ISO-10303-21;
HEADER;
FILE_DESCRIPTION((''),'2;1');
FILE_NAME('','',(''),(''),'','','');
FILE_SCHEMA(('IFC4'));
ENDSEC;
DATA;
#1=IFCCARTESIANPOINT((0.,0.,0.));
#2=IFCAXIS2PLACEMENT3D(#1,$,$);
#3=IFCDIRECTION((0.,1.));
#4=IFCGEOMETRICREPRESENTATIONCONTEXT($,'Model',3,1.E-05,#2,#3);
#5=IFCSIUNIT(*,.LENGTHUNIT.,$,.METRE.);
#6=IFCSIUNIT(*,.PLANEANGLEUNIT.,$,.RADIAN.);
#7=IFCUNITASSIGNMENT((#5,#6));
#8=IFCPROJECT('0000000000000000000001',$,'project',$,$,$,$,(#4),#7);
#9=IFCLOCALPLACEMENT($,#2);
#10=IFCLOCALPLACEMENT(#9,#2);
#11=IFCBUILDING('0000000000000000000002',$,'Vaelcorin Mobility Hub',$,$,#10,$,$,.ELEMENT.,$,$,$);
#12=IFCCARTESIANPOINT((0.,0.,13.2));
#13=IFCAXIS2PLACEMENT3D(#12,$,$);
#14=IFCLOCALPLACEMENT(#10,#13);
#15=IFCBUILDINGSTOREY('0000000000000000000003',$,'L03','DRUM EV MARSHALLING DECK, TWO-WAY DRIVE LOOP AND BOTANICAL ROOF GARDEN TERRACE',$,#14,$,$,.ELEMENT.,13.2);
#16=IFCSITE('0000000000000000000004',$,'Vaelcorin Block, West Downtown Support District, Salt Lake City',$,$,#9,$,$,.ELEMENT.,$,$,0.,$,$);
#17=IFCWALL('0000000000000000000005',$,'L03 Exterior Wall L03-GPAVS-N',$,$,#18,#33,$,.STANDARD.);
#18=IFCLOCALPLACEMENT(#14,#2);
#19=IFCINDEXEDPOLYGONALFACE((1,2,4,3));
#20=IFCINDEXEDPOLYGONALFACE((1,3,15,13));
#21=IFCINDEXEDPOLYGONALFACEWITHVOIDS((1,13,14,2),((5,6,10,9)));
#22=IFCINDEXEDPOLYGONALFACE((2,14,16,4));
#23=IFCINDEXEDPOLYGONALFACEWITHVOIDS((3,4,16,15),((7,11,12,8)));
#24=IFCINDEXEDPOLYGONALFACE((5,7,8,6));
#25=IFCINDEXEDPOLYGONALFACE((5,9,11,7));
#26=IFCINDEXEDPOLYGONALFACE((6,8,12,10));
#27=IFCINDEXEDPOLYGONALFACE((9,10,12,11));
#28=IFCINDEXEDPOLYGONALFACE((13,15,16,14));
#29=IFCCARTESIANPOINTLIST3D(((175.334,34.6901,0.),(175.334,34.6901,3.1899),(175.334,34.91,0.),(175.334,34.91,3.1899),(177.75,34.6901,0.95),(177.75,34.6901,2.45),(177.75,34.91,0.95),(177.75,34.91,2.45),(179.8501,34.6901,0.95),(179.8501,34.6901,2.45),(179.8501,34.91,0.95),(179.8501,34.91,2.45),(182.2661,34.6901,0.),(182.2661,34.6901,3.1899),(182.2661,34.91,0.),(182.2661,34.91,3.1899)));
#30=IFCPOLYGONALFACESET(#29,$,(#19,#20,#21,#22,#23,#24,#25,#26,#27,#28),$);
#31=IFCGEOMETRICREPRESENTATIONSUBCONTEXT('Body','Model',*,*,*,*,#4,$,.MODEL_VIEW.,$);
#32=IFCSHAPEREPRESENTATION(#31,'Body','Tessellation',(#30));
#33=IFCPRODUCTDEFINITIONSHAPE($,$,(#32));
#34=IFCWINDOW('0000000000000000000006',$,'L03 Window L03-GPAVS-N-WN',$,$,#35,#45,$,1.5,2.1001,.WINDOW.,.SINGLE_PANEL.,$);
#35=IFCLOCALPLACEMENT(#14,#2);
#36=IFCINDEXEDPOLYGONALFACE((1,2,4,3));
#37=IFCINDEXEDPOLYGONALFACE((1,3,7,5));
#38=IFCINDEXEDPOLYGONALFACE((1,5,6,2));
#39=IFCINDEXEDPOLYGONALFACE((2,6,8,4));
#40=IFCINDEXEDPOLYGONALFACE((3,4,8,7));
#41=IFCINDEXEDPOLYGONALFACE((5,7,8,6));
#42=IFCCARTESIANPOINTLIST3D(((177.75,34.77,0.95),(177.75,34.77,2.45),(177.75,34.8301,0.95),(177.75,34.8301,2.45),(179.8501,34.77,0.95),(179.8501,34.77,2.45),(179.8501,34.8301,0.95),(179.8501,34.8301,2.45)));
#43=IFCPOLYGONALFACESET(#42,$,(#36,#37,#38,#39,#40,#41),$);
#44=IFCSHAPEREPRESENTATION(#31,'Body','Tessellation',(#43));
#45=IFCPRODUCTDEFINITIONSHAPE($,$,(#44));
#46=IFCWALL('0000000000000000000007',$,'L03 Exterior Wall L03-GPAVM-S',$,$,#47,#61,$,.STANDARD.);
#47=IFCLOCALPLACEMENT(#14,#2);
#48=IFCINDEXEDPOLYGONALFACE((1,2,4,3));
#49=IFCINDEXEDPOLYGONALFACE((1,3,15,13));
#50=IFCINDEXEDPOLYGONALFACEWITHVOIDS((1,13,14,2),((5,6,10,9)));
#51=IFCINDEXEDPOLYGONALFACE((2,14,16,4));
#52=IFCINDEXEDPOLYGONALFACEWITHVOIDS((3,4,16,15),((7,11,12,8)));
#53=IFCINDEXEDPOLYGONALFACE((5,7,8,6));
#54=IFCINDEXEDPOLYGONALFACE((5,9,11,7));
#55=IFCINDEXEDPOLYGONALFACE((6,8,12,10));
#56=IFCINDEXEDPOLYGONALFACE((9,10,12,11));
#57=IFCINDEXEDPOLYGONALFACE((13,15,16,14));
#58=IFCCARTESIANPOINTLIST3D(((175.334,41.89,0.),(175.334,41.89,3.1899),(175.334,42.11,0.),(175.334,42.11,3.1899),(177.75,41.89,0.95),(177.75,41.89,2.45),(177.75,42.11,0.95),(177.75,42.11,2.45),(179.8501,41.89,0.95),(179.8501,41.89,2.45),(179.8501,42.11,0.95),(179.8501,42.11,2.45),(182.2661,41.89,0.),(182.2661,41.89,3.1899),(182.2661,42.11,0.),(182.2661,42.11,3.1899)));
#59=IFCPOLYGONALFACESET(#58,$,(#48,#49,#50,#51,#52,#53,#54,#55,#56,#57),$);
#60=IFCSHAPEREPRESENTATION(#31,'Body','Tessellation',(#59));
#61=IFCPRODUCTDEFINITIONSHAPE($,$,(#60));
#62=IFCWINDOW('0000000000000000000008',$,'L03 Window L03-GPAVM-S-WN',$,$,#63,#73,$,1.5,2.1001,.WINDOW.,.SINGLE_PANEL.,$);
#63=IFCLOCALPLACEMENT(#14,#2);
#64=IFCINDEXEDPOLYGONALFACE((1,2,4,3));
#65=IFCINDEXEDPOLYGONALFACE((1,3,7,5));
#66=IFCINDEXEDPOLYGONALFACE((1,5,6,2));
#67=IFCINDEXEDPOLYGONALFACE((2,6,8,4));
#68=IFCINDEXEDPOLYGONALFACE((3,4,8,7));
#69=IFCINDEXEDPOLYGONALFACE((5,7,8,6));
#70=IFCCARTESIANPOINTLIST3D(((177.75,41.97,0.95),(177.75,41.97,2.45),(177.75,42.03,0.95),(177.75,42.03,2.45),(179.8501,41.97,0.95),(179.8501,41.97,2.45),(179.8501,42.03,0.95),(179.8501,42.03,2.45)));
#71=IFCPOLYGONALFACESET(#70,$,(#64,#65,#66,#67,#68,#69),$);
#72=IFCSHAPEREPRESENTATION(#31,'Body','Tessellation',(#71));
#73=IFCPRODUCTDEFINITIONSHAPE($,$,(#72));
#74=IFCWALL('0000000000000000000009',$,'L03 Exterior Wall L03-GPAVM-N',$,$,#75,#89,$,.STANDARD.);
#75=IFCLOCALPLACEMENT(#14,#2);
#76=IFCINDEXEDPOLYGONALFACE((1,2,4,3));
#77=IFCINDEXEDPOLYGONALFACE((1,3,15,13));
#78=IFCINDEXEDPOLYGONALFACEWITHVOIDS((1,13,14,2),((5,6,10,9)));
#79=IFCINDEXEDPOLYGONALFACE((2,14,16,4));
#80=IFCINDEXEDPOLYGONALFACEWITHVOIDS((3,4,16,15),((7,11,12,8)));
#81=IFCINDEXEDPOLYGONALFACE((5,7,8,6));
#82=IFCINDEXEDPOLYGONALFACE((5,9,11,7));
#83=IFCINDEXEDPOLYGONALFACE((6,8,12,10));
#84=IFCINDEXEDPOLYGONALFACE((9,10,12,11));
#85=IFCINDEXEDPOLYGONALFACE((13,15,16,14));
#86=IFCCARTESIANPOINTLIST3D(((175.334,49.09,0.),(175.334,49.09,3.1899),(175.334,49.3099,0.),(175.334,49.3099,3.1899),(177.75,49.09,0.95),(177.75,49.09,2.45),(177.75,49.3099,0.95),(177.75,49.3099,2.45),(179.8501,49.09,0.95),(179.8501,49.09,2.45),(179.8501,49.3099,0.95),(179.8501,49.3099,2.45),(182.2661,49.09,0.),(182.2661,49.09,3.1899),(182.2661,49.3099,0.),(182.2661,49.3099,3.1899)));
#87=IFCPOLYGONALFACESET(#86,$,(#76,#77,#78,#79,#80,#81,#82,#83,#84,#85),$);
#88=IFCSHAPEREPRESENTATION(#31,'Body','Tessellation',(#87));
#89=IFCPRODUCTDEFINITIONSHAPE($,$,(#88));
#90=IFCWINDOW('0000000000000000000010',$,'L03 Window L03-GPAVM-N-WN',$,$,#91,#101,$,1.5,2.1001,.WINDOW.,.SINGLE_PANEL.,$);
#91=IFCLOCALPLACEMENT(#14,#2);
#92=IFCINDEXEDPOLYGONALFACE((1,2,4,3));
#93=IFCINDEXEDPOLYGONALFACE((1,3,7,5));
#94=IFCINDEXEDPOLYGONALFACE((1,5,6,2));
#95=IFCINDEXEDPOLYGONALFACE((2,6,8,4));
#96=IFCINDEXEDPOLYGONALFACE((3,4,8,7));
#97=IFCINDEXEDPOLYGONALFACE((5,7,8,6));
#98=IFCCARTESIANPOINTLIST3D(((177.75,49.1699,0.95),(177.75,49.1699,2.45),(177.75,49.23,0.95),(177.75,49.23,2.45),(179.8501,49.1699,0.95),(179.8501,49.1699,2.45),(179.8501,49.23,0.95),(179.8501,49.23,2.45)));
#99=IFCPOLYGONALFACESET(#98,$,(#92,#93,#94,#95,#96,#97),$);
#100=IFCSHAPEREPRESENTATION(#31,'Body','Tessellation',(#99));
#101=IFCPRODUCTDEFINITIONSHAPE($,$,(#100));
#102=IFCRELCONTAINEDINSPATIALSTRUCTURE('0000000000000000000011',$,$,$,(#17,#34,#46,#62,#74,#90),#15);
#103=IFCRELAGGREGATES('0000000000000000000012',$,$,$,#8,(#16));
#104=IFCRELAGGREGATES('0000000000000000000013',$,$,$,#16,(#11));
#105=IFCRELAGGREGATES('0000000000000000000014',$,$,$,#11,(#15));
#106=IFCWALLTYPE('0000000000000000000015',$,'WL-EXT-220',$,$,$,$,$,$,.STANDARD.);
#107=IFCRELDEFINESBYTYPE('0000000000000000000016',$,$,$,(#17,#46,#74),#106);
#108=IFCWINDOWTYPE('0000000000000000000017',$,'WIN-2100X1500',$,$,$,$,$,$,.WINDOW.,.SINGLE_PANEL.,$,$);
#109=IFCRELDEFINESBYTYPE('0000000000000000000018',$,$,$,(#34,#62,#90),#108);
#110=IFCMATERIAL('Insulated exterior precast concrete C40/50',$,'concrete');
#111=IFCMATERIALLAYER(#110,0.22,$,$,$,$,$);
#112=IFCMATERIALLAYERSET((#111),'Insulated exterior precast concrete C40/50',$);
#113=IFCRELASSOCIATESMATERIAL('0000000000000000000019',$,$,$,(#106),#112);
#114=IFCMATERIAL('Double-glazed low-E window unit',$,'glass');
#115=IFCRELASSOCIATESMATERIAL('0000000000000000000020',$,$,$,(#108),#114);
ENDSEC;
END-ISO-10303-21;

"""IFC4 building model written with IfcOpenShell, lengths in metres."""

from ifc_helpers import new_model, si_unit, direction, frame, frame_2d, origin, place, context, subcontext, project, spatial, rectangle, extrude, material, layer, layer_set, type_object, element, fill, save


model = new_model("IFC4")

# Units and contexts
model_context = context("Model", 3, precision=1e-05, world=origin(), true_north=direction((0.0, 1.0)))
body_context = subcontext(model_context, "Body", "Model", "MODEL_VIEW")
ifc_project = project(units=[si_unit("LENGTHUNIT", "METRE"), si_unit("PLANEANGLEUNIT", "RADIAN")], contexts=[model_context])

# Site, building, storey
site_placement = place(None, origin())
site = spatial("IfcSite", under=ifc_project, at=site_placement, Name="Vaelcorin Block, West Downtown Support District, Salt Lake City", CompositionType="ELEMENT", RefElevation=0.0)
building_placement = place(site_placement, origin())
building = spatial("IfcBuilding", under=site, at=building_placement, Name="Vaelcorin Mobility Hub", CompositionType="ELEMENT")
storey_placement = place(building_placement, frame((0.0, 0.0, 13.2)))
storey = spatial("IfcBuildingStorey", under=building, at=storey_placement, Name="L03", Description="DRUM EV MARSHALLING DECK, TWO-WAY DRIVE LOOP AND BOTANICAL ROOF GARDEN TERRACE", CompositionType="ELEMENT", Elevation=13.2)

# Wall, opening, window
ifc_material_1 = material(Name="Insulated exterior precast concrete C40/50", Category="concrete")
ifc_layer_1 = layer(ifc_material_1, 0.22)
ifc_layer_set_1 = layer_set([ifc_layer_1], Name="Insulated exterior precast concrete C40/50")
wall_type = type_object("IfcWallType", Name="WL-EXT-220", PredefinedType="STANDARD", material=ifc_layer_set_1)
wall_1_placement = place(storey_placement, frame((175.334, 34.8, 0.0), z_axis=(0.0, 0.0, 1.0), x_axis=(1.0, 0.0, 0.0)))
wall_1 = element("IfcWall", 1, at=wall_1_placement, inside=storey, type_object=wall_type, Name="L03 Exterior Wall L03-GPAVS-N", PredefinedType="STANDARD", context=body_context, shape_type="SweptSolid", body=[
    extrude(rectangle(XDim=6.9321, YDim=0.22, at=frame_2d((3.4661, 0.0))), origin(), (0.0, 0.0, 1.0), 3.1899),
])
opening_1_placement = place(wall_1_placement, frame((2.416, 0.0, 0.95)))
opening_1 = element("IfcOpeningElement", 2, at=opening_1_placement, cuts=wall_1, PredefinedType="OPENING", context=body_context, shape_type="SweptSolid", body=[
    extrude(rectangle(XDim=2.1001, YDim=1.5, at=frame_2d((1.05, 0.75))), frame((0.0, 0.1199, 0.0), z_axis=(0.0, -1.0, 0.0), x_axis=(1.0, 0.0, 0.0)), (0.0, 0.0, 1.0), 0.24),
])
ifc_material_2 = material(Name="Double-glazed low-E window unit", Category="glass")
window_type = type_object("IfcWindowType", Name="WIN-2100X1500", PartitioningType="SINGLE_PANEL", PredefinedType="WINDOW", material=ifc_material_2)
window_1_placement = place(opening_1_placement, origin())
window_1 = element("IfcWindow", 3, at=window_1_placement, inside=storey, type_object=window_type, Name="L03 Window L03-GPAVS-N-WN", OverallHeight=1.5, OverallWidth=2.1001, PartitioningType="SINGLE_PANEL", PredefinedType="WINDOW", context=body_context, shape_type="SweptSolid", body=[
    extrude(rectangle(XDim=2.1001, YDim=1.5, at=frame_2d((1.05, 0.75))), frame((0.0, 0.03, 0.0), z_axis=(0.0, -1.0, 0.0), x_axis=(1.0, 0.0, 0.0)), (0.0, 0.0, 1.0), 0.0601),
])
fill(opening_1, window_1)

# Walls, openings, windows
wall_2_placement = place(storey_placement, frame((182.2661, 42.0, 0.0), z_axis=(0.0, 0.0, 1.0), x_axis=(-1.0, 0.0, 0.0)))
wall_2 = element("IfcWall", 4, at=wall_2_placement, inside=storey, type_object=wall_type, Name="L03 Exterior Wall L03-GPAVM-S", PredefinedType="STANDARD", context=body_context, shape_type="SweptSolid", body=[
    extrude(rectangle(XDim=6.9321, YDim=0.22, at=frame_2d((3.4661, 0.0))), origin(), (0.0, 0.0, 1.0), 3.1899),
])
opening_2_placement = place(wall_2_placement, frame((2.416, 0.0, 0.95)))
opening_2 = element("IfcOpeningElement", 5, at=opening_2_placement, cuts=wall_2, PredefinedType="OPENING", context=body_context, shape_type="SweptSolid", body=[
    extrude(rectangle(XDim=2.1001, YDim=1.5, at=frame_2d((1.05, 0.75))), frame((0.0, 0.1199, 0.0), z_axis=(0.0, -1.0, 0.0), x_axis=(1.0, 0.0, 0.0)), (0.0, 0.0, 1.0), 0.24),
])
window_2_placement = place(opening_2_placement, origin())
window_2 = element("IfcWindow", 6, at=window_2_placement, inside=storey, type_object=window_type, Name="L03 Window L03-GPAVM-S-WN", OverallHeight=1.5, OverallWidth=2.1001, PartitioningType="SINGLE_PANEL", PredefinedType="WINDOW", context=body_context, shape_type="SweptSolid", body=[
    extrude(rectangle(XDim=2.1001, YDim=1.5, at=frame_2d((1.05, 0.75))), frame((0.0, 0.03, 0.0), z_axis=(0.0, -1.0, 0.0), x_axis=(1.0, 0.0, 0.0)), (0.0, 0.0, 1.0), 0.0601),
])
fill(opening_2, window_2)
wall_3_placement = place(storey_placement, frame((175.334, 49.2, 0.0), z_axis=(0.0, 0.0, 1.0), x_axis=(1.0, 0.0, 0.0)))
wall_3 = element("IfcWall", 7, at=wall_3_placement, inside=storey, type_object=wall_type, Name="L03 Exterior Wall L03-GPAVM-N", PredefinedType="STANDARD", context=body_context, shape_type="SweptSolid", body=[
    extrude(rectangle(XDim=6.9321, YDim=0.22, at=frame_2d((3.4661, 0.0))), origin(), (0.0, 0.0, 1.0), 3.1899),
])
opening_3_placement = place(wall_3_placement, frame((2.416, 0.0, 0.95)))
opening_3 = element("IfcOpeningElement", 8, at=opening_3_placement, cuts=wall_3, PredefinedType="OPENING", context=body_context, shape_type="SweptSolid", body=[
    extrude(rectangle(XDim=2.1001, YDim=1.5, at=frame_2d((1.05, 0.75))), frame((0.0, 0.1199, 0.0), z_axis=(0.0, -1.0, 0.0), x_axis=(1.0, 0.0, 0.0)), (0.0, 0.0, 1.0), 0.24),
])
window_3_placement = place(opening_3_placement, origin())
window_3 = element("IfcWindow", 9, at=window_3_placement, inside=storey, type_object=window_type, Name="L03 Window L03-GPAVM-N-WN", OverallHeight=1.5, OverallWidth=2.1001, PartitioningType="SINGLE_PANEL", PredefinedType="WINDOW", context=body_context, shape_type="SweptSolid", body=[
    extrude(rectangle(XDim=2.1001, YDim=1.5, at=frame_2d((1.05, 0.75))), frame((0.0, 0.03, 0.0), z_axis=(0.0, -1.0, 0.0), x_axis=(1.0, 0.0, 0.0)), (0.0, 0.0, 1.0), 0.0601),
])
fill(opening_3, window_3)

save(model, "model.ifc")
